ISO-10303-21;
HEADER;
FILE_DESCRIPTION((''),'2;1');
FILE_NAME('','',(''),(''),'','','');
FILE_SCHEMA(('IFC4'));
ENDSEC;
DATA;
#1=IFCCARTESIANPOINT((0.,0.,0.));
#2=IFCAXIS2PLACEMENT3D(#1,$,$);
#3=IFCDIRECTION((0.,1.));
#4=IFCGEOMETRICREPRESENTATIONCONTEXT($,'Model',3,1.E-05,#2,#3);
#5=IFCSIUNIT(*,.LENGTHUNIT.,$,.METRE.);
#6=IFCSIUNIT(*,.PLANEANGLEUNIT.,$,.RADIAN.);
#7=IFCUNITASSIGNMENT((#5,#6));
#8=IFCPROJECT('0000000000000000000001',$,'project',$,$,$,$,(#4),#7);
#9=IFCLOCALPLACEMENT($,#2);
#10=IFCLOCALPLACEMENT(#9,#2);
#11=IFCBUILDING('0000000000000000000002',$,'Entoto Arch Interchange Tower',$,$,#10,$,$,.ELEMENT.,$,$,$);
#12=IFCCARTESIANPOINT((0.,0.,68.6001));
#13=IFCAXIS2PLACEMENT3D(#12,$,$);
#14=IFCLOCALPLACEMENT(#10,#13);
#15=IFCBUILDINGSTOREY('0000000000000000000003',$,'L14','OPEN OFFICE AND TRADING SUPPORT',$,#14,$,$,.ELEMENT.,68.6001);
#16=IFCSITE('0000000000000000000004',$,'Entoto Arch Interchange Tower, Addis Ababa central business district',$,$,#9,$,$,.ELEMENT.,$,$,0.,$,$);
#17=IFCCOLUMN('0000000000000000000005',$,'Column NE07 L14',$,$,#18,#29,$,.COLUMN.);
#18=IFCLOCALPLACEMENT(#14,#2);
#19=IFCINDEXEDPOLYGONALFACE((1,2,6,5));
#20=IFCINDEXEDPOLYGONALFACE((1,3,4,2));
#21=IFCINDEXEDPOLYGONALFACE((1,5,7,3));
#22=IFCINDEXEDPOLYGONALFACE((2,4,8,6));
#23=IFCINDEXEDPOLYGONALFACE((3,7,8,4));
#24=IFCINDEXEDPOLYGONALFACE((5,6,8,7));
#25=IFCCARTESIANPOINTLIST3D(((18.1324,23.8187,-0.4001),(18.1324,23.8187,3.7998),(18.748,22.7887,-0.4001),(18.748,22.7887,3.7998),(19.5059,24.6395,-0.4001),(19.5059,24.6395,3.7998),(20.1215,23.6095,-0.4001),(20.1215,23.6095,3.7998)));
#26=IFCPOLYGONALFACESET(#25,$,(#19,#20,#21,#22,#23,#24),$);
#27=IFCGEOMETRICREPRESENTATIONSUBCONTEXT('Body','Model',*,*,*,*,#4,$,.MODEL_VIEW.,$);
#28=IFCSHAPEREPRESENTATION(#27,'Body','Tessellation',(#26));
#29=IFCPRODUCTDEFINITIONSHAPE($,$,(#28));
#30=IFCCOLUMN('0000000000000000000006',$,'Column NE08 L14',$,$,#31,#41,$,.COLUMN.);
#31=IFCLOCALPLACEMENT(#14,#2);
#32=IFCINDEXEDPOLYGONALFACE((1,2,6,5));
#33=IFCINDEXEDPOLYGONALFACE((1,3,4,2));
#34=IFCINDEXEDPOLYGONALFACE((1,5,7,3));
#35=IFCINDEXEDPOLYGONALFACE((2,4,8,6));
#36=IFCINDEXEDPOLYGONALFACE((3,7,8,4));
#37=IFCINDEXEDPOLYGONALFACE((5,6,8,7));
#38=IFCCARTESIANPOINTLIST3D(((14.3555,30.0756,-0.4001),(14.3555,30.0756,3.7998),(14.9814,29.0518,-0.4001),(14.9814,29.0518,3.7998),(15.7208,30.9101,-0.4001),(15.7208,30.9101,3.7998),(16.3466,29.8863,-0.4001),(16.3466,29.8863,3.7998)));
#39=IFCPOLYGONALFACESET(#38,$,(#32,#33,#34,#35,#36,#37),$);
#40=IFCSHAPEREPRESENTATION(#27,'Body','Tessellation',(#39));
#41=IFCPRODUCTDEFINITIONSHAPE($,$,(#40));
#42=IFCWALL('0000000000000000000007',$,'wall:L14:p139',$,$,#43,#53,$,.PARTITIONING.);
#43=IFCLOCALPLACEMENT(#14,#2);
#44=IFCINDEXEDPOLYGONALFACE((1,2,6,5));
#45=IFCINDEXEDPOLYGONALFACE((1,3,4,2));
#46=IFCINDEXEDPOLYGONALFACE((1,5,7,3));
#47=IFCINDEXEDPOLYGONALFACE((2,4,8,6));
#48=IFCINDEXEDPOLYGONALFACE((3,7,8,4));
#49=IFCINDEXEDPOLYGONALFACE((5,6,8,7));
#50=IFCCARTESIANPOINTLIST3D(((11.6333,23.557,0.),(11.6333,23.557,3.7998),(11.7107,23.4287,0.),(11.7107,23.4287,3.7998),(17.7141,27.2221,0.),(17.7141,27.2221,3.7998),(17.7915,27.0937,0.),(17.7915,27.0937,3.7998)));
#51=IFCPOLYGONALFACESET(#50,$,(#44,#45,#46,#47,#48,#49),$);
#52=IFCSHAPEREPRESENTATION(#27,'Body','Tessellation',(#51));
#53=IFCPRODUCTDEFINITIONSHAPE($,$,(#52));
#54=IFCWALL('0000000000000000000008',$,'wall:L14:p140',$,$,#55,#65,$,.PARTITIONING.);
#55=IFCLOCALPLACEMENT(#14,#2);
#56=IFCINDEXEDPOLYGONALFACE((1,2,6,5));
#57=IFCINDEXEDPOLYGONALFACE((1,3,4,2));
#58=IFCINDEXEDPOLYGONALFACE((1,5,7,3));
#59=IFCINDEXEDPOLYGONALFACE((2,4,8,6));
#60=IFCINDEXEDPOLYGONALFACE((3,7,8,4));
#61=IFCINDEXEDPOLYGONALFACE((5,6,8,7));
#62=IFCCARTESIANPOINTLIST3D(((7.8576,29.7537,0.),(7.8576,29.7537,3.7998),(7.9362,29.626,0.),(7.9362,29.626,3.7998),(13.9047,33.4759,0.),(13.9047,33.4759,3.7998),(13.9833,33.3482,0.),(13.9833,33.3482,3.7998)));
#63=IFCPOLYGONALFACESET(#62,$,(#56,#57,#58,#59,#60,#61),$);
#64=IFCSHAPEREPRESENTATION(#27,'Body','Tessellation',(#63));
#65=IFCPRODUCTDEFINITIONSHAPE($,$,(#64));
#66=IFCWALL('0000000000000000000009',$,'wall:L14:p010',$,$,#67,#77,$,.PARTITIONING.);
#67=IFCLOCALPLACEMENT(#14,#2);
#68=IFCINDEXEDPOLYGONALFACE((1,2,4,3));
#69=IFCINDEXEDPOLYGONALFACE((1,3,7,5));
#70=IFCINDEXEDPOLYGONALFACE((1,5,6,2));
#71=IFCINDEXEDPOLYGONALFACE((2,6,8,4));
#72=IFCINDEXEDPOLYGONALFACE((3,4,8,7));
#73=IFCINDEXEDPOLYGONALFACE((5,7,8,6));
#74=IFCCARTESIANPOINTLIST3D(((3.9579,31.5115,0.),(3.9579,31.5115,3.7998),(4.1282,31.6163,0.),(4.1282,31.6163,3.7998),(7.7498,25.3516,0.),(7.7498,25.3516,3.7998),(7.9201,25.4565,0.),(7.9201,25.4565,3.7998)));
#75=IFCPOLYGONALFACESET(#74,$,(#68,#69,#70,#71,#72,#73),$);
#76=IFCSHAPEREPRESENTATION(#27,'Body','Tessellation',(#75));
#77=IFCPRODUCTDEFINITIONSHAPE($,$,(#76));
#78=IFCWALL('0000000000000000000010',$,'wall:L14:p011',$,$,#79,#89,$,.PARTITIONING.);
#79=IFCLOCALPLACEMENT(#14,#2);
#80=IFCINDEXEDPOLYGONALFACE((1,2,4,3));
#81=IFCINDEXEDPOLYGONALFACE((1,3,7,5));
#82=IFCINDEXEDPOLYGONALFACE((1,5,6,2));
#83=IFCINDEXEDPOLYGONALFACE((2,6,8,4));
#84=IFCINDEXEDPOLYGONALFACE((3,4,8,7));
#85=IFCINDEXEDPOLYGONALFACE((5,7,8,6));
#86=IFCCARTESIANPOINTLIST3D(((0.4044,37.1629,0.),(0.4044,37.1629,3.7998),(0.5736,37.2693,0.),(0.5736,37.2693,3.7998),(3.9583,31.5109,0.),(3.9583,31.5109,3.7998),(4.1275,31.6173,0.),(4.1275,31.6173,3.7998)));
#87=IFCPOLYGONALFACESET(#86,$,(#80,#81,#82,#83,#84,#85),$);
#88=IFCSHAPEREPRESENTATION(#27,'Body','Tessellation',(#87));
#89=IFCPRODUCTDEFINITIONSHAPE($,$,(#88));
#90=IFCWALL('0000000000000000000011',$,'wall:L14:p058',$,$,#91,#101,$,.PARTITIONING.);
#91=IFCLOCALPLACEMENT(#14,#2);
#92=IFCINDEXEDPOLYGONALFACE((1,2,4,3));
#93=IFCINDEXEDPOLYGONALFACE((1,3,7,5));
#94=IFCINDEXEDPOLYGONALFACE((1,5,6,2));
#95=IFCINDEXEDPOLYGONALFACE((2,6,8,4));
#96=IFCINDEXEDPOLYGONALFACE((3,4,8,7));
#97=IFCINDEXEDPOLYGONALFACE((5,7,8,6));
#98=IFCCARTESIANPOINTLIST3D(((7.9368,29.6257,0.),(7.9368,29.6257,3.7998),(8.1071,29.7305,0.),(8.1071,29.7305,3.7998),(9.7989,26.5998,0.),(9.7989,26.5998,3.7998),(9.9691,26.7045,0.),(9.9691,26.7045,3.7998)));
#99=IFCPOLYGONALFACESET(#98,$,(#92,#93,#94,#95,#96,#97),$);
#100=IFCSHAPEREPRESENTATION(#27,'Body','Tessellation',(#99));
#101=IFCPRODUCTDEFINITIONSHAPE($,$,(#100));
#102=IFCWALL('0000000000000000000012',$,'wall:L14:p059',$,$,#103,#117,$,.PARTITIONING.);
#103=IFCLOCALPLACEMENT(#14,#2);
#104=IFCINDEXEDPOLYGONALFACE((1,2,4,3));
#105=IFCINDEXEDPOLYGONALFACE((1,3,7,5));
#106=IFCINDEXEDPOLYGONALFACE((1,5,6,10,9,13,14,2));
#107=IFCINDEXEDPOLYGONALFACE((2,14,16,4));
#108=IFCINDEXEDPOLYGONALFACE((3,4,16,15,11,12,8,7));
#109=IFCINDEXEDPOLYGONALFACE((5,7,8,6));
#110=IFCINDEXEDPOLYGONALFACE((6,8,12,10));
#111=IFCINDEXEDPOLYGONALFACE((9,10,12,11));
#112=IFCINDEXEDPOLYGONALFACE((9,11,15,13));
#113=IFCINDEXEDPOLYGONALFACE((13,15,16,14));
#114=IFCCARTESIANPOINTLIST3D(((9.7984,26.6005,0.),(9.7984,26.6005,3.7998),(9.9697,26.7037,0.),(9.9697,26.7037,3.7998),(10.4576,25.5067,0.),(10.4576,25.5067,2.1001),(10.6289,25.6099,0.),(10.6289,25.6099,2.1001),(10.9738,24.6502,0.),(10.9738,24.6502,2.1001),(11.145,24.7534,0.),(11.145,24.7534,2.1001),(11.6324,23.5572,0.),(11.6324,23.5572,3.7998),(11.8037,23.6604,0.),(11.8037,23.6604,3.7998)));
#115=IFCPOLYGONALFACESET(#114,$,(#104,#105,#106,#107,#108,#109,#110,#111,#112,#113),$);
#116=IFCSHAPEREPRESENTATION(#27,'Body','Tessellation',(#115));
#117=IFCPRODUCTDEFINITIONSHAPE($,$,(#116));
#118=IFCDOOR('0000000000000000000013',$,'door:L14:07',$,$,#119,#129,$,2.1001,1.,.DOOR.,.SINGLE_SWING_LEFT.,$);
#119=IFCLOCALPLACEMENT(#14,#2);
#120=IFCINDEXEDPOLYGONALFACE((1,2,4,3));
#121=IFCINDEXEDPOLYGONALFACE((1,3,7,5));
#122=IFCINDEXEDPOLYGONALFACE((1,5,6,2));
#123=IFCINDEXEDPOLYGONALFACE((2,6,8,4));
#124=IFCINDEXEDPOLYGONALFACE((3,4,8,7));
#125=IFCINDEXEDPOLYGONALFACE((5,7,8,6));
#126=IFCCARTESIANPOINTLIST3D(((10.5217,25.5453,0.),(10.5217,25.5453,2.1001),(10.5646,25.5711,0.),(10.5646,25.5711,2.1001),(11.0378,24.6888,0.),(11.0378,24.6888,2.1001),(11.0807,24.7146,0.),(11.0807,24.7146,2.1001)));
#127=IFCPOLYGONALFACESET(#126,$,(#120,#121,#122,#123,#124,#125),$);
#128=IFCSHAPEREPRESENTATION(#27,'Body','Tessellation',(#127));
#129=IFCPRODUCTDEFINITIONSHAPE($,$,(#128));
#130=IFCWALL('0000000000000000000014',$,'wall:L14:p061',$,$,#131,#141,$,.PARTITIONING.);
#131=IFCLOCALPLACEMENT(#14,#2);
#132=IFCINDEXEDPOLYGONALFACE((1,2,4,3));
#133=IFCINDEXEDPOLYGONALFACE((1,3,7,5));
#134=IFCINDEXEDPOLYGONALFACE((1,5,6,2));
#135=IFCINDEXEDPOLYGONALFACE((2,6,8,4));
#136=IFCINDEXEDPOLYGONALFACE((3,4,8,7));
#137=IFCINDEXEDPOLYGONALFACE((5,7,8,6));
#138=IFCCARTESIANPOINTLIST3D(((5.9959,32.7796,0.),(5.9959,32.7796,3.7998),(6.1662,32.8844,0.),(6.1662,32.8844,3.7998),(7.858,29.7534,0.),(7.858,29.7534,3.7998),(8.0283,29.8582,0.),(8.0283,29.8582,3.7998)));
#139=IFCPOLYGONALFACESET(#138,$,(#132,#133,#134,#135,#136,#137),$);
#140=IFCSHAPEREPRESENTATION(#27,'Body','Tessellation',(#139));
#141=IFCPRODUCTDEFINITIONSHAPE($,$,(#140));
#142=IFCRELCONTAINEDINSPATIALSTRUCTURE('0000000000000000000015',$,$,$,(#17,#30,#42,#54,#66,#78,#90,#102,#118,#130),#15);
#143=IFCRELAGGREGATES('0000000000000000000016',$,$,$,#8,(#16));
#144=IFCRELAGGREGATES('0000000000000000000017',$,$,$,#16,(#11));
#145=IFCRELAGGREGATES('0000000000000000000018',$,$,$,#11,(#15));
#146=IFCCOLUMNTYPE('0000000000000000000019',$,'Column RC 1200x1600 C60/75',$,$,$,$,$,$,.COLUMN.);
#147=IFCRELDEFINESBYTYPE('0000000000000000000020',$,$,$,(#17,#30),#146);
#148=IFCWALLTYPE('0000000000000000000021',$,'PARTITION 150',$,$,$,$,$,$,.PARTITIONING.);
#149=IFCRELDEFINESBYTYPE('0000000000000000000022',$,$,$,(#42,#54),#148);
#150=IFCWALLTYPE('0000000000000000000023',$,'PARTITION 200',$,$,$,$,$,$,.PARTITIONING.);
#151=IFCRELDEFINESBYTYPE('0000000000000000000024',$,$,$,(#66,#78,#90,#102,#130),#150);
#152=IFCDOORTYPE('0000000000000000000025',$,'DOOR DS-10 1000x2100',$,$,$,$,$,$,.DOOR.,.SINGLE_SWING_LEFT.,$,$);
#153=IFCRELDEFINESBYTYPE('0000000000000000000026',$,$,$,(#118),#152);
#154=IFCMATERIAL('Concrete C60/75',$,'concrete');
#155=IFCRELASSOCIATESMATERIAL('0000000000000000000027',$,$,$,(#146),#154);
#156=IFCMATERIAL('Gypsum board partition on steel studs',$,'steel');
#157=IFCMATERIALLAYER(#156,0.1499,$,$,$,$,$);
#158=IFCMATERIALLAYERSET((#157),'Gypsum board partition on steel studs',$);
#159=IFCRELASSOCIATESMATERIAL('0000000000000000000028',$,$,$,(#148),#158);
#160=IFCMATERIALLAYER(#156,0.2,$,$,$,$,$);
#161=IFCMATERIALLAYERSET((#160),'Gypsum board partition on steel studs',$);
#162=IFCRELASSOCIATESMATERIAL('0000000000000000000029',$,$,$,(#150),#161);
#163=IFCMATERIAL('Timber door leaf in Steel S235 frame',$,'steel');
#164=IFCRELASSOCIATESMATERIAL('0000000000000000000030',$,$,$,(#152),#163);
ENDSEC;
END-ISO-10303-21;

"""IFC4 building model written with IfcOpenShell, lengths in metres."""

from ifc_helpers import new_model, si_unit, direction, frame, frame_2d, origin, origin_2d, place, context, subcontext, project, spatial, rectangle, extrude, material, layer, layer_set, material_profile, profile_set, type_object, element, fill, save


model = new_model("IFC4")

# Units and contexts
model_context = context("Model", 3, precision=1e-05, world=origin(), true_north=direction((0.0, 1.0)))
body_context = subcontext(model_context, "Body", "Model", "MODEL_VIEW")
ifc_project = project(units=[si_unit("LENGTHUNIT", "METRE"), si_unit("PLANEANGLEUNIT", "RADIAN")], contexts=[model_context])

# Site, building, storey
site_placement = place(None, origin())
site = spatial("IfcSite", under=ifc_project, at=site_placement, Name="Entoto Arch Interchange Tower, Addis Ababa central business district", CompositionType="ELEMENT", RefElevation=0.0)
building_placement = place(site_placement, origin())
building = spatial("IfcBuilding", under=site, at=building_placement, Name="Entoto Arch Interchange Tower", CompositionType="ELEMENT")
storey_placement = place(building_placement, frame((0.0, 0.0, 68.6001)))
storey = spatial("IfcBuildingStorey", under=building, at=storey_placement, Name="L14", Description="OPEN OFFICE AND TRADING SUPPORT", CompositionType="ELEMENT", Elevation=68.6001)

# Columns
ifc_material_1 = material(Name="Concrete C60/75", Category="concrete")
ifc_material_profile = material_profile(ifc_material_1, rectangle(XDim=1.2, YDim=1.6001, at=origin_2d()))
ifc_profile_set = profile_set([ifc_material_profile], Name="Concrete C60/75")
column_type = type_object("IfcColumnType", Name="Column RC 1200x1600 C60/75", PredefinedType="COLUMN", material=ifc_profile_set)
for number, where, z_axis, x_axis, name in (
    (1, (19.127, 23.7141, -0.4001), (0.0, 0.0, 1.0), (-0.512972, 0.858405, 0.0), "Column NE07 L14"),
    (2, (15.3511, 29.981, -0.4001), (0.0, 0.0, 1.0), (-0.521546, 0.853223, 0.0), "Column NE08 L14"),
):
    element("IfcColumn", number, at=place(storey_placement, frame(where, z_axis=z_axis, x_axis=x_axis)), inside=storey, type_object=column_type, Name=name, PredefinedType="COLUMN", context=body_context, shape_type="SweptSolid", body=[
        extrude(rectangle(XDim=1.2, YDim=1.6001, at=origin_2d()), origin(), (0.0, 0.0, 1.0), 4.2),
    ])

# Walls
ifc_material_2 = material(Name="Gypsum board partition on steel studs", Category="steel")
ifc_layer_1 = layer(ifc_material_2, 0.1499)
ifc_layer_set_1 = layer_set([ifc_layer_1], Name="Gypsum board partition on steel studs")
wall_type_1 = type_object("IfcWallType", Name="PARTITION 150", PredefinedType="PARTITIONING", material=ifc_layer_set_1)
wall_1_placement = place(storey_placement, frame((11.6721, 23.4929, 0.0), z_axis=(0.0, 0.0, 1.0), x_axis=(0.856463, 0.516209, 0.0)))
element("IfcWall", 3, at=wall_1_placement, inside=storey, type_object=wall_type_1, Name="wall:L14:p139", PredefinedType="PARTITIONING", context=body_context, shape_type="SweptSolid", body=[
    extrude(rectangle(XDim=7.0999, YDim=0.1499, at=frame_2d((3.5498, 0.0))), origin(), (0.0, 0.0, 1.0), 3.7998),
])
wall_2_placement = place(storey_placement, frame((7.897, 29.6899, 0.0), z_axis=(0.0, 0.0, 1.0), x_axis=(0.851604, 0.524186, 0.0)))
element("IfcWall", 4, at=wall_2_placement, inside=storey, type_object=wall_type_1, Name="wall:L14:p140", PredefinedType="PARTITIONING", context=body_context, shape_type="SweptSolid", body=[
    extrude(rectangle(XDim=7.1008, YDim=0.1499, at=frame_2d((3.5503, 0.0))), origin(), (0.0, 0.0, 1.0), 3.7998),
])
ifc_layer_2 = layer(ifc_material_2, 0.2)
ifc_layer_set_2 = layer_set([ifc_layer_2], Name="Gypsum board partition on steel studs")
wall_type_2 = type_object("IfcWallType", Name="PARTITION 200", PredefinedType="PARTITIONING", material=ifc_layer_set_2)
wall_3_placement = place(storey_placement, frame((7.835, 25.4041, 0.0), z_axis=(0.0, 0.0, 1.0), x_axis=(-0.524225, 0.85158, 0.0)))
element("IfcWall", 5, at=wall_3_placement, inside=storey, type_object=wall_type_2, Name="wall:L14:p010", PredefinedType="PARTITIONING", context=body_context, shape_type="SweptSolid", body=[
    extrude(rectangle(XDim=7.2334, YDim=0.2, at=frame_2d((3.6167, 0.0))), origin(), (0.0, 0.0, 1.0), 3.7998),
])
wall_4_placement = place(storey_placement, frame((4.043, 31.564, 0.0), z_axis=(0.0, 0.0, 1.0), x_axis=(-0.532301, 0.846555, 0.0)))
element("IfcWall", 6, at=wall_4_placement, inside=storey, type_object=wall_type_2, Name="wall:L14:p011", PredefinedType="PARTITIONING", context=body_context, shape_type="SweptSolid", body=[
    extrude(rectangle(XDim=6.6765, YDim=0.2, at=frame_2d((3.3384, 0.0))), origin(), (0.0, 0.0, 1.0), 3.7998),
])
wall_5_placement = place(storey_placement, frame((8.022, 29.678, 0.0), z_axis=(0.0, 0.0, 1.0), x_axis=(0.524094, -0.851661, 0.0)))
element("IfcWall", 7, at=wall_5_placement, inside=storey, type_object=wall_type_2, Name="wall:L14:p058", PredefinedType="PARTITIONING", context=body_context, shape_type="SweptSolid", body=[
    extrude(rectangle(XDim=3.553, YDim=0.2, at=frame_2d((1.7764, 0.0))), origin(), (0.0, 0.0, 1.0), 3.7998),
])

# Wall, opening, door
wall_6_placement = place(storey_placement, frame((9.884, 26.6521, 0.0), z_axis=(0.0, 0.0, 1.0), x_axis=(0.516162, -0.856491, 0.0)))
wall_6 = element("IfcWall", 8, at=wall_6_placement, inside=storey, type_object=wall_type_2, Name="wall:L14:p059", PredefinedType="PARTITIONING", context=body_context, shape_type="SweptSolid", body=[
    extrude(rectangle(XDim=3.5532, YDim=0.2, at=frame_2d((1.7766, 0.0))), origin(), (0.0, 0.0, 1.0), 3.7998),
])
opening_1_placement = place(wall_6_placement, frame((1.2771, 0.0, 0.0)))
opening_1 = element("IfcOpeningElement", 9, at=opening_1_placement, cuts=wall_6, PredefinedType="OPENING", context=body_context, shape_type="SweptSolid", body=[
    extrude(rectangle(XDim=1.0, YDim=2.1001, at=frame_2d((0.5, 1.05))), frame((0.0, 0.1099, 0.0), z_axis=(0.0, -1.0, 0.0), x_axis=(1.0, 0.0, 0.0)), (0.0, 0.0, 1.0), 0.22),
])
ifc_material_3 = material(Name="Timber door leaf in Steel S235 frame", Category="steel")
door_type = type_object("IfcDoorType", Name="DOOR DS-10 1000x2100", OperationType="SINGLE_SWING_LEFT", PredefinedType="DOOR", material=ifc_material_3)
door_placement = place(opening_1_placement, origin())
door = element("IfcDoor", 10, at=door_placement, inside=storey, type_object=door_type, Name="door:L14:07", OperationType="SINGLE_SWING_LEFT", OverallHeight=2.1001, OverallWidth=1.0, PredefinedType="DOOR", context=body_context, shape_type="SweptSolid", body=[
    extrude(rectangle(XDim=1.0, YDim=2.1001, at=frame_2d((0.5, 1.05))), frame((0.0, 0.0249, 0.0), z_axis=(0.0, -1.0, 0.0), x_axis=(1.0, 0.0, 0.0)), (0.0, 0.0, 1.0), 0.05),
])
fill(opening_1, door)

# Wall
wall_7_placement = place(storey_placement, frame((6.0811, 32.832, 0.0), z_axis=(0.0, 0.0, 1.0), x_axis=(0.524063, -0.85168, 0.0)))
element("IfcWall", 11, at=wall_7_placement, inside=storey, type_object=wall_type_2, Name="wall:L14:p061", PredefinedType="PARTITIONING", context=body_context, shape_type="SweptSolid", body=[
    extrude(rectangle(XDim=3.5532, YDim=0.2, at=frame_2d((1.7766, 0.0))), origin(), (0.0, 0.0, 1.0), 3.7998),
])

save(model, "model.ifc")
